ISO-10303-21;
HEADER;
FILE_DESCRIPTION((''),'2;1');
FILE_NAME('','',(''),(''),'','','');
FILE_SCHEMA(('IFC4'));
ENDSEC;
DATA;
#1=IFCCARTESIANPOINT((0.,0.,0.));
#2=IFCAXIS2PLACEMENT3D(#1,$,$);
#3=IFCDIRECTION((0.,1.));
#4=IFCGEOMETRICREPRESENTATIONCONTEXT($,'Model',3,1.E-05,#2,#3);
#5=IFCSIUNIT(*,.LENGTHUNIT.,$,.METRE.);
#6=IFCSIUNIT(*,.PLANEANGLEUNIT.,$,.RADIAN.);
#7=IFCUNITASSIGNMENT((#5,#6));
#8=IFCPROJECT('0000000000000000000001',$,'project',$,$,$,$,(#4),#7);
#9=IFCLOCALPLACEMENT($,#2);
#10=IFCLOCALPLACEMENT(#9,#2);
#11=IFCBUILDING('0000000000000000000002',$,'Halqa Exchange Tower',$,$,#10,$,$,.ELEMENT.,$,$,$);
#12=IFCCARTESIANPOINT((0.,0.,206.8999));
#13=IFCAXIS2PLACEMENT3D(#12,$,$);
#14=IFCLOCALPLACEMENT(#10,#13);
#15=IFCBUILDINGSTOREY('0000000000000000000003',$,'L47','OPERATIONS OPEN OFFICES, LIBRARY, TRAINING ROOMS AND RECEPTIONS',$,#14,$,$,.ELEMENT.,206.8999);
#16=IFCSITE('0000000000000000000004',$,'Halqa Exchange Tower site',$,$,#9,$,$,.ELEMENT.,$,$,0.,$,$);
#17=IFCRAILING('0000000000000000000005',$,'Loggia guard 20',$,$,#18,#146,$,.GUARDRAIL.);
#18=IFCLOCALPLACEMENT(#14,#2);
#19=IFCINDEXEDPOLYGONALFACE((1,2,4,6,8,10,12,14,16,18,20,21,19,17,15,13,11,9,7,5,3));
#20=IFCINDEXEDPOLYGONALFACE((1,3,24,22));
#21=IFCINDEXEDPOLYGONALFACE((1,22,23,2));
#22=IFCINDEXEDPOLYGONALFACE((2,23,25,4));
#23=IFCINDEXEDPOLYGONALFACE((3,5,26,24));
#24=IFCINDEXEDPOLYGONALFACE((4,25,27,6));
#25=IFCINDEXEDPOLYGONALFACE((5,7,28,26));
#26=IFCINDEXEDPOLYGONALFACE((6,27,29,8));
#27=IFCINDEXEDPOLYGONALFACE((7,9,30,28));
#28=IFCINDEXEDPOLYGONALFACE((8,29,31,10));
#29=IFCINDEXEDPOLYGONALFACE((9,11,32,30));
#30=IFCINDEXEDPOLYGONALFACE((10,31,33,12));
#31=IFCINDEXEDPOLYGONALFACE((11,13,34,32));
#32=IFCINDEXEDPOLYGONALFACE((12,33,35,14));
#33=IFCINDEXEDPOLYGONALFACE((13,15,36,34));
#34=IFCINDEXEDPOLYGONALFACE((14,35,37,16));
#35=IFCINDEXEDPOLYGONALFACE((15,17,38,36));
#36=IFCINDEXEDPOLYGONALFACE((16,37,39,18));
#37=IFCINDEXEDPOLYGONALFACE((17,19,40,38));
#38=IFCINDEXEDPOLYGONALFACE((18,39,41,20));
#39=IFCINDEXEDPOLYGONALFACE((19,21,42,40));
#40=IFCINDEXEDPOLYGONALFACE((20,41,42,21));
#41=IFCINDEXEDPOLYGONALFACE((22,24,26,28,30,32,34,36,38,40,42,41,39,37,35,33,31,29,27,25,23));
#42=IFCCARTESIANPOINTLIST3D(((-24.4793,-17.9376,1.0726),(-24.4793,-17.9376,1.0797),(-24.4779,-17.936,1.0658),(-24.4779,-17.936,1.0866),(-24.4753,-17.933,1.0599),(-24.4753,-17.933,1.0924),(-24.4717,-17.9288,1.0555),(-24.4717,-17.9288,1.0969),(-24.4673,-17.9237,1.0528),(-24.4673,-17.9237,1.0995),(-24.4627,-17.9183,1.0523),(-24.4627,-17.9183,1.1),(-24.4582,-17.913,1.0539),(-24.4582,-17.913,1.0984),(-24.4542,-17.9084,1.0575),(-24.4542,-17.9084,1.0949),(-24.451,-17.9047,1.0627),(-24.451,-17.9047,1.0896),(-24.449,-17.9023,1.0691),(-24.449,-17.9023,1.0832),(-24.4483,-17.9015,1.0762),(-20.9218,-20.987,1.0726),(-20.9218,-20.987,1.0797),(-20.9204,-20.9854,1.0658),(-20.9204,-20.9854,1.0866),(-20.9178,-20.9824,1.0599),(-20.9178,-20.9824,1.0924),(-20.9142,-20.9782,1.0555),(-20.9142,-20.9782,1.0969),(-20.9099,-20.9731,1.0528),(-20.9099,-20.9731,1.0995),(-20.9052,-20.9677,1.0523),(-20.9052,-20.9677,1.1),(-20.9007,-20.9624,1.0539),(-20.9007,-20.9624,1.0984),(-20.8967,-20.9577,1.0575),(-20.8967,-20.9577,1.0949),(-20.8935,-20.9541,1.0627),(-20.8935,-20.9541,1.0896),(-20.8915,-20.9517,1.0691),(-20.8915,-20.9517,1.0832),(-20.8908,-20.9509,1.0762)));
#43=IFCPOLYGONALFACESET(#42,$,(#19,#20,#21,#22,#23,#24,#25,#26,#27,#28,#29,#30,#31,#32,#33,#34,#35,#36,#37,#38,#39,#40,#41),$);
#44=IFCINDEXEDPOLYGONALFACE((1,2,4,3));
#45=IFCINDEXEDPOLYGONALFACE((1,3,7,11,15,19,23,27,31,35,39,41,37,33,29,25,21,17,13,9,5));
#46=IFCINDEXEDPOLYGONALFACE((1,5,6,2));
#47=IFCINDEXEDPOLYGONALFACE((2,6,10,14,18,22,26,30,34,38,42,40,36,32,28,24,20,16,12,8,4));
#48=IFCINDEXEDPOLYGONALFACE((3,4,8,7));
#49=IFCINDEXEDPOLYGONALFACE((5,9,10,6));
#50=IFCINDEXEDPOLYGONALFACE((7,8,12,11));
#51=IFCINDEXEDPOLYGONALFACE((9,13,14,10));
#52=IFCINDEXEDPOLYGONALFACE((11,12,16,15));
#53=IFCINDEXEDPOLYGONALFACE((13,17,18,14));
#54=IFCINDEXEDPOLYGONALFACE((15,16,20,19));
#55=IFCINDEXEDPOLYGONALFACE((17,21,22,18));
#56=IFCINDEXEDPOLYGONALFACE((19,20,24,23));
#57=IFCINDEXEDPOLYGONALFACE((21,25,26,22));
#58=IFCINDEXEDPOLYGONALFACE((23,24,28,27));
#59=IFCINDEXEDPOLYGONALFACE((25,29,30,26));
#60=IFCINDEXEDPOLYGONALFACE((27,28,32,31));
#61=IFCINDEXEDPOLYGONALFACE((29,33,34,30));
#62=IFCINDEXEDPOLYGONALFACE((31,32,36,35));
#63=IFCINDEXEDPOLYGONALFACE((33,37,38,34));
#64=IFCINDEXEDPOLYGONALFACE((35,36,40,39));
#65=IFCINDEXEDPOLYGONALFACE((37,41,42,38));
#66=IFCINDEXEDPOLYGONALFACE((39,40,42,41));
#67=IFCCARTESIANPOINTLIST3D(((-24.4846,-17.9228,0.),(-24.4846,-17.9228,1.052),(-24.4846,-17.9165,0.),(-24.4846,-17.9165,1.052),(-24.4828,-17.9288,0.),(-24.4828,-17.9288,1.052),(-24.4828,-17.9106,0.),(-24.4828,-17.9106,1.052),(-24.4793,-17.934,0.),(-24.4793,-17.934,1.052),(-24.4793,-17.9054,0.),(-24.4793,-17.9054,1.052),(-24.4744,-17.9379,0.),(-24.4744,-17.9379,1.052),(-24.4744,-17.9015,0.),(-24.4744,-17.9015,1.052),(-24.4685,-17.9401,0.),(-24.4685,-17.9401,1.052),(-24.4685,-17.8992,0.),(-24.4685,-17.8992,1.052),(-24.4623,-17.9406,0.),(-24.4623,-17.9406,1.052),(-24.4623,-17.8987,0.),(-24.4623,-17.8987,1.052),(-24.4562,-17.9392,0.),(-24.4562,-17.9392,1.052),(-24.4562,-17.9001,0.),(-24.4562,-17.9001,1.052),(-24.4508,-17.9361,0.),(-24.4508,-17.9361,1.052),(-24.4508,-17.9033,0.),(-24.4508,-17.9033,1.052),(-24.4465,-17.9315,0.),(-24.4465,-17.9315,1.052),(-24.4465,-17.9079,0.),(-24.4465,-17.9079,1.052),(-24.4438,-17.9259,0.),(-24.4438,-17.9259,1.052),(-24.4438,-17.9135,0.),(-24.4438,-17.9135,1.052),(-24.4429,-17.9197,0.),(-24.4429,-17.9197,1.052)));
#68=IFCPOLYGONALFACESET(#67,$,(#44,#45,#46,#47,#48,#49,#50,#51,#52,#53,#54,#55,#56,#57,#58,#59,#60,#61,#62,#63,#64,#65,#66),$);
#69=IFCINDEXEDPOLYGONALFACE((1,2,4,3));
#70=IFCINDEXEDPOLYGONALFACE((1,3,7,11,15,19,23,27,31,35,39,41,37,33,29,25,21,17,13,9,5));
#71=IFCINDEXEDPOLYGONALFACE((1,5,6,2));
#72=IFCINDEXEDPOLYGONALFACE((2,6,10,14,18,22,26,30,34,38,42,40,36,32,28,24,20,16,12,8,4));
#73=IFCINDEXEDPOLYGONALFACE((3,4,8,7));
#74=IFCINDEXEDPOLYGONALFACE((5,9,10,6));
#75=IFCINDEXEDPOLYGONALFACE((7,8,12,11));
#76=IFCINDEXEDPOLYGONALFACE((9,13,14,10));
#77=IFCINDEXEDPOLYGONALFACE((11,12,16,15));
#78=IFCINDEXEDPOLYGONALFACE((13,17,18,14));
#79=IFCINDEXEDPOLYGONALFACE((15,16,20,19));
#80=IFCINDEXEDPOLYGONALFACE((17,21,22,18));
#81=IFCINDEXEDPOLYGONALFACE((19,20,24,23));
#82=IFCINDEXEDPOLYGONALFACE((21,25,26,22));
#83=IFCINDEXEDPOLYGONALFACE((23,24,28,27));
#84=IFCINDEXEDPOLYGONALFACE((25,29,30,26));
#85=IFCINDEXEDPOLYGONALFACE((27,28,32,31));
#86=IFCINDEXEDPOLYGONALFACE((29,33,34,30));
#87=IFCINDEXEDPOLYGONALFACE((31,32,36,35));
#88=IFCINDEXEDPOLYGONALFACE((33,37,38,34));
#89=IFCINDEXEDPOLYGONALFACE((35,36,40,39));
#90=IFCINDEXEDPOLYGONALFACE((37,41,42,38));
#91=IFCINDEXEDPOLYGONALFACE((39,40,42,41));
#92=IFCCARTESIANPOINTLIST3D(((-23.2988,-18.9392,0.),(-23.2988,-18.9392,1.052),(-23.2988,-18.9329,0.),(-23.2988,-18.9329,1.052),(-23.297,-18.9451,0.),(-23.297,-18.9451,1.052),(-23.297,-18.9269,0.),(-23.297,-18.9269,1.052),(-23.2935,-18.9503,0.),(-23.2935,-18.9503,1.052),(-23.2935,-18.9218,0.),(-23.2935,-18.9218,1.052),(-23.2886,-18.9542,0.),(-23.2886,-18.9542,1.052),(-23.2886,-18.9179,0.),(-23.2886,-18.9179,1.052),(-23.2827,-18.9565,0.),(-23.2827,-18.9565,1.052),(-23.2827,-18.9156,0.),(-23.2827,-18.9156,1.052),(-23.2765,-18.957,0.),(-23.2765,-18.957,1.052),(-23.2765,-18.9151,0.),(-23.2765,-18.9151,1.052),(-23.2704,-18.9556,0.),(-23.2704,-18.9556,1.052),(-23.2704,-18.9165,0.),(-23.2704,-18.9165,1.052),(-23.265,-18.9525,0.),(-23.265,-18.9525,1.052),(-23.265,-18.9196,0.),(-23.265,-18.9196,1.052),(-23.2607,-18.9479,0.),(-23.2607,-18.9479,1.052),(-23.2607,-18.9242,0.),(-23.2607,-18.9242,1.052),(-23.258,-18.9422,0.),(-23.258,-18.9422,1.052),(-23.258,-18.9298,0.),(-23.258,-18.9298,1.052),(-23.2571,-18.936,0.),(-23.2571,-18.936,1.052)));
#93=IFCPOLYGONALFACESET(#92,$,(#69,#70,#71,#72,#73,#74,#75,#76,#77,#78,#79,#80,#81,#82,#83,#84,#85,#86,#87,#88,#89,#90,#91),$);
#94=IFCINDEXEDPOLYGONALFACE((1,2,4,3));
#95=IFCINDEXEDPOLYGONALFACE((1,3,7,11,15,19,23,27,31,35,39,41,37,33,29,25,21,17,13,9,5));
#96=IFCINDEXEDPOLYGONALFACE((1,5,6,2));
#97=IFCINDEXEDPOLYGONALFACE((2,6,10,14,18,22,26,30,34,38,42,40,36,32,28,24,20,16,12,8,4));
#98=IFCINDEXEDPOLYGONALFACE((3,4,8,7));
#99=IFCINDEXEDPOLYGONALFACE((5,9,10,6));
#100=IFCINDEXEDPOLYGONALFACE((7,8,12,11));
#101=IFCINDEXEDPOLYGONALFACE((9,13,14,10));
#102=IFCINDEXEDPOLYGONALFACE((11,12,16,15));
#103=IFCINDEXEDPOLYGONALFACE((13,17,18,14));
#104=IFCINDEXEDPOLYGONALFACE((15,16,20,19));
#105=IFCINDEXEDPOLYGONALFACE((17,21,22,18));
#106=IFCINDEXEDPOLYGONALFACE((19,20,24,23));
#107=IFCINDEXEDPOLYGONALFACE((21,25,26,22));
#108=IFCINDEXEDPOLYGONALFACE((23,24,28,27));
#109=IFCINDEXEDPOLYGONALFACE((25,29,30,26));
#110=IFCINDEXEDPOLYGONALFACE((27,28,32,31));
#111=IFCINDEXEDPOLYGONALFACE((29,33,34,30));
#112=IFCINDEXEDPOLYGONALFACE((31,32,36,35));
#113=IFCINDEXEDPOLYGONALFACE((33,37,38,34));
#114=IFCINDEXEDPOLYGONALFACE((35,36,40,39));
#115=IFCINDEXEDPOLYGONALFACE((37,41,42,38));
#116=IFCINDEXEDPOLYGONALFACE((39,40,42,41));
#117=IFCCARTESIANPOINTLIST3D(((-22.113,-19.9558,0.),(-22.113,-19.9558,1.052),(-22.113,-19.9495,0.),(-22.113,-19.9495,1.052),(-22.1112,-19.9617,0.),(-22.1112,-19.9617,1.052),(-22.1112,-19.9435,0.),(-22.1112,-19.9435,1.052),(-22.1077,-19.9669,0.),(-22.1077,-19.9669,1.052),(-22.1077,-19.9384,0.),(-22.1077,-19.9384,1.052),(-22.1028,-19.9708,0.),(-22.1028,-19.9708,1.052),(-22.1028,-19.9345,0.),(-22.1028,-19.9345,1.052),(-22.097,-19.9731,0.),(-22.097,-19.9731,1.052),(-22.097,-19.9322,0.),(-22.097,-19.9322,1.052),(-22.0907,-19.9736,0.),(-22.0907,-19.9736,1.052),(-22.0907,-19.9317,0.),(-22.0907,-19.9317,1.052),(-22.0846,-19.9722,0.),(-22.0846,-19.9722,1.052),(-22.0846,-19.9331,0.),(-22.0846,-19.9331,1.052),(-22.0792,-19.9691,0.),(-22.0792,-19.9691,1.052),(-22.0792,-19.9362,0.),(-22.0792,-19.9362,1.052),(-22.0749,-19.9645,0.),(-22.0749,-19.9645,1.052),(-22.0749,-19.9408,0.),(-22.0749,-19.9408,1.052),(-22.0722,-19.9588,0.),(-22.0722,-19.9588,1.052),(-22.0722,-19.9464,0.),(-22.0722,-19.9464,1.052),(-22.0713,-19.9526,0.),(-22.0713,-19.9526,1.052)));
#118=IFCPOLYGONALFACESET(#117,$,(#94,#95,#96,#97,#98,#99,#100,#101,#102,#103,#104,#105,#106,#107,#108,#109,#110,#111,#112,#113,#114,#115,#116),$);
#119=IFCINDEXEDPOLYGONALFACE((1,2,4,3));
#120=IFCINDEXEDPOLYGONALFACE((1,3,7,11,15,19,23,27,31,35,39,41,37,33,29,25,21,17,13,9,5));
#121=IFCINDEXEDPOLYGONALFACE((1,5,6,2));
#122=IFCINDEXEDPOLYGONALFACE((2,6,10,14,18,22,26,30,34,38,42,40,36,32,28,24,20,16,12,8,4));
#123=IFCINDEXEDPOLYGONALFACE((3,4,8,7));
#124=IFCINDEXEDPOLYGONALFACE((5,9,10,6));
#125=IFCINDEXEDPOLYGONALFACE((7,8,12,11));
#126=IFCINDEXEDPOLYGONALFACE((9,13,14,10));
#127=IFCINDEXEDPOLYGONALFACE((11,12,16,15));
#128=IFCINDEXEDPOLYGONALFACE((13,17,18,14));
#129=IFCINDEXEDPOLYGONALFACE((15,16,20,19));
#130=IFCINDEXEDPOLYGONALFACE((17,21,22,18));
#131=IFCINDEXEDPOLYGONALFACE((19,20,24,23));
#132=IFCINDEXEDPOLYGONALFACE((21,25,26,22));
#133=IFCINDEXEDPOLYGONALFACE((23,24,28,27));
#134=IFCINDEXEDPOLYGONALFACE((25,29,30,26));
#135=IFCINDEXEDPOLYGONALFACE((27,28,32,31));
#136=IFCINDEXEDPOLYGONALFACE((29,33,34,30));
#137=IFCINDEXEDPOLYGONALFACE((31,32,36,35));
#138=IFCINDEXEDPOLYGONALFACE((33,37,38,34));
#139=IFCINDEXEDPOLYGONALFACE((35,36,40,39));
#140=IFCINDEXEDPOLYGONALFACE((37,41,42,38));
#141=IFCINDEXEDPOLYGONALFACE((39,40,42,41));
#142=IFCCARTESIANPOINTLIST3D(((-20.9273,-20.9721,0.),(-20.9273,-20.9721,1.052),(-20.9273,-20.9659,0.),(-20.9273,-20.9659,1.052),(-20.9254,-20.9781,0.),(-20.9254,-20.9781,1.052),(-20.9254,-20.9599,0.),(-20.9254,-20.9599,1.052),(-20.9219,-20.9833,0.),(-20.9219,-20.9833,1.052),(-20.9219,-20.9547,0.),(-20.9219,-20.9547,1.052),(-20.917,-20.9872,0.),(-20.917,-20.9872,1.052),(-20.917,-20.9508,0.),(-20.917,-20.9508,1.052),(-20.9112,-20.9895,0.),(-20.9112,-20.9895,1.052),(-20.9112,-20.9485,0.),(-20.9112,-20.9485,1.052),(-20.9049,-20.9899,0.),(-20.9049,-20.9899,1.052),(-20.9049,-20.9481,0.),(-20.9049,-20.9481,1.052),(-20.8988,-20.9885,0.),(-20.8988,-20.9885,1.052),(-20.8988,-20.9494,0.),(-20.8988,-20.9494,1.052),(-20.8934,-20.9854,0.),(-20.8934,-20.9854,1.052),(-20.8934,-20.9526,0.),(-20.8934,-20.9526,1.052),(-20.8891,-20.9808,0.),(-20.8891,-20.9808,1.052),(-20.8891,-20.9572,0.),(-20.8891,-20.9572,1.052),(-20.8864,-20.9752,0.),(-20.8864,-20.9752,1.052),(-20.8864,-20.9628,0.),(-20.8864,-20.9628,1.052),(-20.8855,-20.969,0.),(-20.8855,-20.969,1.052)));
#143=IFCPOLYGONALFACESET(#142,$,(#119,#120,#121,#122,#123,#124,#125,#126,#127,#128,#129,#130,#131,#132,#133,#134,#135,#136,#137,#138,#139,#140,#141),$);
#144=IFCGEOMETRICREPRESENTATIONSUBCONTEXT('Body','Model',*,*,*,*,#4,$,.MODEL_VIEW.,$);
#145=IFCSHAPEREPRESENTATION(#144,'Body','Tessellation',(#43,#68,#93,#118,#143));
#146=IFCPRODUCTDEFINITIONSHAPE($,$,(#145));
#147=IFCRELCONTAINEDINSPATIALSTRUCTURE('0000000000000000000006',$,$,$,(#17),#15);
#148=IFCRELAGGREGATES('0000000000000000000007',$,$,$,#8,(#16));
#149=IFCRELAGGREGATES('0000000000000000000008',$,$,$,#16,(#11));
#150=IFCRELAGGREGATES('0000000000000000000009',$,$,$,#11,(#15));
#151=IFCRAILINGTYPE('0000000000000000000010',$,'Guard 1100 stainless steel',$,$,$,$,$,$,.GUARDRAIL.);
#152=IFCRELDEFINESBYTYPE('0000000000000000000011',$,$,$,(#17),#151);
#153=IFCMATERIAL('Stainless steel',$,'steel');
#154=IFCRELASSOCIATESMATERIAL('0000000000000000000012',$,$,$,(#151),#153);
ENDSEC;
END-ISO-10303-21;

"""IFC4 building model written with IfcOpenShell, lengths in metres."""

from ifc_helpers import new_model, si_unit, direction, frame, origin, origin_2d, place, context, subcontext, project, spatial, circle, extrude, material, type_object, element, save


model = new_model("IFC4")

# Units and contexts
model_context = context("Model", 3, precision=1e-05, world=origin(), true_north=direction((0.0, 1.0)))
body_context = subcontext(model_context, "Body", "Model", "MODEL_VIEW")
ifc_project = project(units=[si_unit("LENGTHUNIT", "METRE"), si_unit("PLANEANGLEUNIT", "RADIAN")], contexts=[model_context])

# Site, building, storey
site_placement = place(None, origin())
site = spatial("IfcSite", under=ifc_project, at=site_placement, Name="Halqa Exchange Tower site", CompositionType="ELEMENT", RefElevation=0.0)
building_placement = place(site_placement, origin())
building = spatial("IfcBuilding", under=site, at=building_placement, Name="Halqa Exchange Tower", CompositionType="ELEMENT")
storey_placement = place(building_placement, frame((0.0, 0.0, 206.8999)))
storey = spatial("IfcBuildingStorey", under=building, at=storey_placement, Name="L47", Description="OPERATIONS OPEN OFFICES, LIBRARY, TRAINING ROOMS AND RECEPTIONS", CompositionType="ELEMENT", Elevation=206.8999)

# Railing
ifc_material_1 = material(Name="Stainless steel", Category="steel")
railing_type = type_object("IfcRailingType", Name="Guard 1100 stainless steel", PredefinedType="GUARDRAIL", material=ifc_material_1)
railing_1_placement = place(storey_placement, frame((-24.4639, -17.9197, 0.0)))
element("IfcRailing", 1, at=railing_1_placement, inside=storey, type_object=railing_type, Name="Loggia guard 20", PredefinedType="GUARDRAIL", context=body_context, shape_type="SweptSolid", body=[
    extrude(circle(Radius=0.0239, at=origin_2d()), frame((0.0, 0.0, 1.0762), z_axis=(0.759242, -0.650809, 0.0), x_axis=(0.650809, 0.759242, 0.0)), (0.0, 0.0, 1.0), 4.6855),
    extrude(circle(Radius=0.021, at=origin_2d()), origin(), (0.0, 0.0, 1.0), 1.052),
    extrude(circle(Radius=0.021, at=origin_2d()), frame((1.1858, -1.0164, 0.0)), (0.0, 0.0, 1.0), 1.052),
    extrude(circle(Radius=0.021, at=origin_2d()), frame((2.3716, -2.033, 0.0)), (0.0, 0.0, 1.0), 1.052),
    extrude(circle(Radius=0.021, at=origin_2d()), frame((3.5574, -3.0493, 0.0)), (0.0, 0.0, 1.0), 1.052),
])

save(model, "model.ifc")
